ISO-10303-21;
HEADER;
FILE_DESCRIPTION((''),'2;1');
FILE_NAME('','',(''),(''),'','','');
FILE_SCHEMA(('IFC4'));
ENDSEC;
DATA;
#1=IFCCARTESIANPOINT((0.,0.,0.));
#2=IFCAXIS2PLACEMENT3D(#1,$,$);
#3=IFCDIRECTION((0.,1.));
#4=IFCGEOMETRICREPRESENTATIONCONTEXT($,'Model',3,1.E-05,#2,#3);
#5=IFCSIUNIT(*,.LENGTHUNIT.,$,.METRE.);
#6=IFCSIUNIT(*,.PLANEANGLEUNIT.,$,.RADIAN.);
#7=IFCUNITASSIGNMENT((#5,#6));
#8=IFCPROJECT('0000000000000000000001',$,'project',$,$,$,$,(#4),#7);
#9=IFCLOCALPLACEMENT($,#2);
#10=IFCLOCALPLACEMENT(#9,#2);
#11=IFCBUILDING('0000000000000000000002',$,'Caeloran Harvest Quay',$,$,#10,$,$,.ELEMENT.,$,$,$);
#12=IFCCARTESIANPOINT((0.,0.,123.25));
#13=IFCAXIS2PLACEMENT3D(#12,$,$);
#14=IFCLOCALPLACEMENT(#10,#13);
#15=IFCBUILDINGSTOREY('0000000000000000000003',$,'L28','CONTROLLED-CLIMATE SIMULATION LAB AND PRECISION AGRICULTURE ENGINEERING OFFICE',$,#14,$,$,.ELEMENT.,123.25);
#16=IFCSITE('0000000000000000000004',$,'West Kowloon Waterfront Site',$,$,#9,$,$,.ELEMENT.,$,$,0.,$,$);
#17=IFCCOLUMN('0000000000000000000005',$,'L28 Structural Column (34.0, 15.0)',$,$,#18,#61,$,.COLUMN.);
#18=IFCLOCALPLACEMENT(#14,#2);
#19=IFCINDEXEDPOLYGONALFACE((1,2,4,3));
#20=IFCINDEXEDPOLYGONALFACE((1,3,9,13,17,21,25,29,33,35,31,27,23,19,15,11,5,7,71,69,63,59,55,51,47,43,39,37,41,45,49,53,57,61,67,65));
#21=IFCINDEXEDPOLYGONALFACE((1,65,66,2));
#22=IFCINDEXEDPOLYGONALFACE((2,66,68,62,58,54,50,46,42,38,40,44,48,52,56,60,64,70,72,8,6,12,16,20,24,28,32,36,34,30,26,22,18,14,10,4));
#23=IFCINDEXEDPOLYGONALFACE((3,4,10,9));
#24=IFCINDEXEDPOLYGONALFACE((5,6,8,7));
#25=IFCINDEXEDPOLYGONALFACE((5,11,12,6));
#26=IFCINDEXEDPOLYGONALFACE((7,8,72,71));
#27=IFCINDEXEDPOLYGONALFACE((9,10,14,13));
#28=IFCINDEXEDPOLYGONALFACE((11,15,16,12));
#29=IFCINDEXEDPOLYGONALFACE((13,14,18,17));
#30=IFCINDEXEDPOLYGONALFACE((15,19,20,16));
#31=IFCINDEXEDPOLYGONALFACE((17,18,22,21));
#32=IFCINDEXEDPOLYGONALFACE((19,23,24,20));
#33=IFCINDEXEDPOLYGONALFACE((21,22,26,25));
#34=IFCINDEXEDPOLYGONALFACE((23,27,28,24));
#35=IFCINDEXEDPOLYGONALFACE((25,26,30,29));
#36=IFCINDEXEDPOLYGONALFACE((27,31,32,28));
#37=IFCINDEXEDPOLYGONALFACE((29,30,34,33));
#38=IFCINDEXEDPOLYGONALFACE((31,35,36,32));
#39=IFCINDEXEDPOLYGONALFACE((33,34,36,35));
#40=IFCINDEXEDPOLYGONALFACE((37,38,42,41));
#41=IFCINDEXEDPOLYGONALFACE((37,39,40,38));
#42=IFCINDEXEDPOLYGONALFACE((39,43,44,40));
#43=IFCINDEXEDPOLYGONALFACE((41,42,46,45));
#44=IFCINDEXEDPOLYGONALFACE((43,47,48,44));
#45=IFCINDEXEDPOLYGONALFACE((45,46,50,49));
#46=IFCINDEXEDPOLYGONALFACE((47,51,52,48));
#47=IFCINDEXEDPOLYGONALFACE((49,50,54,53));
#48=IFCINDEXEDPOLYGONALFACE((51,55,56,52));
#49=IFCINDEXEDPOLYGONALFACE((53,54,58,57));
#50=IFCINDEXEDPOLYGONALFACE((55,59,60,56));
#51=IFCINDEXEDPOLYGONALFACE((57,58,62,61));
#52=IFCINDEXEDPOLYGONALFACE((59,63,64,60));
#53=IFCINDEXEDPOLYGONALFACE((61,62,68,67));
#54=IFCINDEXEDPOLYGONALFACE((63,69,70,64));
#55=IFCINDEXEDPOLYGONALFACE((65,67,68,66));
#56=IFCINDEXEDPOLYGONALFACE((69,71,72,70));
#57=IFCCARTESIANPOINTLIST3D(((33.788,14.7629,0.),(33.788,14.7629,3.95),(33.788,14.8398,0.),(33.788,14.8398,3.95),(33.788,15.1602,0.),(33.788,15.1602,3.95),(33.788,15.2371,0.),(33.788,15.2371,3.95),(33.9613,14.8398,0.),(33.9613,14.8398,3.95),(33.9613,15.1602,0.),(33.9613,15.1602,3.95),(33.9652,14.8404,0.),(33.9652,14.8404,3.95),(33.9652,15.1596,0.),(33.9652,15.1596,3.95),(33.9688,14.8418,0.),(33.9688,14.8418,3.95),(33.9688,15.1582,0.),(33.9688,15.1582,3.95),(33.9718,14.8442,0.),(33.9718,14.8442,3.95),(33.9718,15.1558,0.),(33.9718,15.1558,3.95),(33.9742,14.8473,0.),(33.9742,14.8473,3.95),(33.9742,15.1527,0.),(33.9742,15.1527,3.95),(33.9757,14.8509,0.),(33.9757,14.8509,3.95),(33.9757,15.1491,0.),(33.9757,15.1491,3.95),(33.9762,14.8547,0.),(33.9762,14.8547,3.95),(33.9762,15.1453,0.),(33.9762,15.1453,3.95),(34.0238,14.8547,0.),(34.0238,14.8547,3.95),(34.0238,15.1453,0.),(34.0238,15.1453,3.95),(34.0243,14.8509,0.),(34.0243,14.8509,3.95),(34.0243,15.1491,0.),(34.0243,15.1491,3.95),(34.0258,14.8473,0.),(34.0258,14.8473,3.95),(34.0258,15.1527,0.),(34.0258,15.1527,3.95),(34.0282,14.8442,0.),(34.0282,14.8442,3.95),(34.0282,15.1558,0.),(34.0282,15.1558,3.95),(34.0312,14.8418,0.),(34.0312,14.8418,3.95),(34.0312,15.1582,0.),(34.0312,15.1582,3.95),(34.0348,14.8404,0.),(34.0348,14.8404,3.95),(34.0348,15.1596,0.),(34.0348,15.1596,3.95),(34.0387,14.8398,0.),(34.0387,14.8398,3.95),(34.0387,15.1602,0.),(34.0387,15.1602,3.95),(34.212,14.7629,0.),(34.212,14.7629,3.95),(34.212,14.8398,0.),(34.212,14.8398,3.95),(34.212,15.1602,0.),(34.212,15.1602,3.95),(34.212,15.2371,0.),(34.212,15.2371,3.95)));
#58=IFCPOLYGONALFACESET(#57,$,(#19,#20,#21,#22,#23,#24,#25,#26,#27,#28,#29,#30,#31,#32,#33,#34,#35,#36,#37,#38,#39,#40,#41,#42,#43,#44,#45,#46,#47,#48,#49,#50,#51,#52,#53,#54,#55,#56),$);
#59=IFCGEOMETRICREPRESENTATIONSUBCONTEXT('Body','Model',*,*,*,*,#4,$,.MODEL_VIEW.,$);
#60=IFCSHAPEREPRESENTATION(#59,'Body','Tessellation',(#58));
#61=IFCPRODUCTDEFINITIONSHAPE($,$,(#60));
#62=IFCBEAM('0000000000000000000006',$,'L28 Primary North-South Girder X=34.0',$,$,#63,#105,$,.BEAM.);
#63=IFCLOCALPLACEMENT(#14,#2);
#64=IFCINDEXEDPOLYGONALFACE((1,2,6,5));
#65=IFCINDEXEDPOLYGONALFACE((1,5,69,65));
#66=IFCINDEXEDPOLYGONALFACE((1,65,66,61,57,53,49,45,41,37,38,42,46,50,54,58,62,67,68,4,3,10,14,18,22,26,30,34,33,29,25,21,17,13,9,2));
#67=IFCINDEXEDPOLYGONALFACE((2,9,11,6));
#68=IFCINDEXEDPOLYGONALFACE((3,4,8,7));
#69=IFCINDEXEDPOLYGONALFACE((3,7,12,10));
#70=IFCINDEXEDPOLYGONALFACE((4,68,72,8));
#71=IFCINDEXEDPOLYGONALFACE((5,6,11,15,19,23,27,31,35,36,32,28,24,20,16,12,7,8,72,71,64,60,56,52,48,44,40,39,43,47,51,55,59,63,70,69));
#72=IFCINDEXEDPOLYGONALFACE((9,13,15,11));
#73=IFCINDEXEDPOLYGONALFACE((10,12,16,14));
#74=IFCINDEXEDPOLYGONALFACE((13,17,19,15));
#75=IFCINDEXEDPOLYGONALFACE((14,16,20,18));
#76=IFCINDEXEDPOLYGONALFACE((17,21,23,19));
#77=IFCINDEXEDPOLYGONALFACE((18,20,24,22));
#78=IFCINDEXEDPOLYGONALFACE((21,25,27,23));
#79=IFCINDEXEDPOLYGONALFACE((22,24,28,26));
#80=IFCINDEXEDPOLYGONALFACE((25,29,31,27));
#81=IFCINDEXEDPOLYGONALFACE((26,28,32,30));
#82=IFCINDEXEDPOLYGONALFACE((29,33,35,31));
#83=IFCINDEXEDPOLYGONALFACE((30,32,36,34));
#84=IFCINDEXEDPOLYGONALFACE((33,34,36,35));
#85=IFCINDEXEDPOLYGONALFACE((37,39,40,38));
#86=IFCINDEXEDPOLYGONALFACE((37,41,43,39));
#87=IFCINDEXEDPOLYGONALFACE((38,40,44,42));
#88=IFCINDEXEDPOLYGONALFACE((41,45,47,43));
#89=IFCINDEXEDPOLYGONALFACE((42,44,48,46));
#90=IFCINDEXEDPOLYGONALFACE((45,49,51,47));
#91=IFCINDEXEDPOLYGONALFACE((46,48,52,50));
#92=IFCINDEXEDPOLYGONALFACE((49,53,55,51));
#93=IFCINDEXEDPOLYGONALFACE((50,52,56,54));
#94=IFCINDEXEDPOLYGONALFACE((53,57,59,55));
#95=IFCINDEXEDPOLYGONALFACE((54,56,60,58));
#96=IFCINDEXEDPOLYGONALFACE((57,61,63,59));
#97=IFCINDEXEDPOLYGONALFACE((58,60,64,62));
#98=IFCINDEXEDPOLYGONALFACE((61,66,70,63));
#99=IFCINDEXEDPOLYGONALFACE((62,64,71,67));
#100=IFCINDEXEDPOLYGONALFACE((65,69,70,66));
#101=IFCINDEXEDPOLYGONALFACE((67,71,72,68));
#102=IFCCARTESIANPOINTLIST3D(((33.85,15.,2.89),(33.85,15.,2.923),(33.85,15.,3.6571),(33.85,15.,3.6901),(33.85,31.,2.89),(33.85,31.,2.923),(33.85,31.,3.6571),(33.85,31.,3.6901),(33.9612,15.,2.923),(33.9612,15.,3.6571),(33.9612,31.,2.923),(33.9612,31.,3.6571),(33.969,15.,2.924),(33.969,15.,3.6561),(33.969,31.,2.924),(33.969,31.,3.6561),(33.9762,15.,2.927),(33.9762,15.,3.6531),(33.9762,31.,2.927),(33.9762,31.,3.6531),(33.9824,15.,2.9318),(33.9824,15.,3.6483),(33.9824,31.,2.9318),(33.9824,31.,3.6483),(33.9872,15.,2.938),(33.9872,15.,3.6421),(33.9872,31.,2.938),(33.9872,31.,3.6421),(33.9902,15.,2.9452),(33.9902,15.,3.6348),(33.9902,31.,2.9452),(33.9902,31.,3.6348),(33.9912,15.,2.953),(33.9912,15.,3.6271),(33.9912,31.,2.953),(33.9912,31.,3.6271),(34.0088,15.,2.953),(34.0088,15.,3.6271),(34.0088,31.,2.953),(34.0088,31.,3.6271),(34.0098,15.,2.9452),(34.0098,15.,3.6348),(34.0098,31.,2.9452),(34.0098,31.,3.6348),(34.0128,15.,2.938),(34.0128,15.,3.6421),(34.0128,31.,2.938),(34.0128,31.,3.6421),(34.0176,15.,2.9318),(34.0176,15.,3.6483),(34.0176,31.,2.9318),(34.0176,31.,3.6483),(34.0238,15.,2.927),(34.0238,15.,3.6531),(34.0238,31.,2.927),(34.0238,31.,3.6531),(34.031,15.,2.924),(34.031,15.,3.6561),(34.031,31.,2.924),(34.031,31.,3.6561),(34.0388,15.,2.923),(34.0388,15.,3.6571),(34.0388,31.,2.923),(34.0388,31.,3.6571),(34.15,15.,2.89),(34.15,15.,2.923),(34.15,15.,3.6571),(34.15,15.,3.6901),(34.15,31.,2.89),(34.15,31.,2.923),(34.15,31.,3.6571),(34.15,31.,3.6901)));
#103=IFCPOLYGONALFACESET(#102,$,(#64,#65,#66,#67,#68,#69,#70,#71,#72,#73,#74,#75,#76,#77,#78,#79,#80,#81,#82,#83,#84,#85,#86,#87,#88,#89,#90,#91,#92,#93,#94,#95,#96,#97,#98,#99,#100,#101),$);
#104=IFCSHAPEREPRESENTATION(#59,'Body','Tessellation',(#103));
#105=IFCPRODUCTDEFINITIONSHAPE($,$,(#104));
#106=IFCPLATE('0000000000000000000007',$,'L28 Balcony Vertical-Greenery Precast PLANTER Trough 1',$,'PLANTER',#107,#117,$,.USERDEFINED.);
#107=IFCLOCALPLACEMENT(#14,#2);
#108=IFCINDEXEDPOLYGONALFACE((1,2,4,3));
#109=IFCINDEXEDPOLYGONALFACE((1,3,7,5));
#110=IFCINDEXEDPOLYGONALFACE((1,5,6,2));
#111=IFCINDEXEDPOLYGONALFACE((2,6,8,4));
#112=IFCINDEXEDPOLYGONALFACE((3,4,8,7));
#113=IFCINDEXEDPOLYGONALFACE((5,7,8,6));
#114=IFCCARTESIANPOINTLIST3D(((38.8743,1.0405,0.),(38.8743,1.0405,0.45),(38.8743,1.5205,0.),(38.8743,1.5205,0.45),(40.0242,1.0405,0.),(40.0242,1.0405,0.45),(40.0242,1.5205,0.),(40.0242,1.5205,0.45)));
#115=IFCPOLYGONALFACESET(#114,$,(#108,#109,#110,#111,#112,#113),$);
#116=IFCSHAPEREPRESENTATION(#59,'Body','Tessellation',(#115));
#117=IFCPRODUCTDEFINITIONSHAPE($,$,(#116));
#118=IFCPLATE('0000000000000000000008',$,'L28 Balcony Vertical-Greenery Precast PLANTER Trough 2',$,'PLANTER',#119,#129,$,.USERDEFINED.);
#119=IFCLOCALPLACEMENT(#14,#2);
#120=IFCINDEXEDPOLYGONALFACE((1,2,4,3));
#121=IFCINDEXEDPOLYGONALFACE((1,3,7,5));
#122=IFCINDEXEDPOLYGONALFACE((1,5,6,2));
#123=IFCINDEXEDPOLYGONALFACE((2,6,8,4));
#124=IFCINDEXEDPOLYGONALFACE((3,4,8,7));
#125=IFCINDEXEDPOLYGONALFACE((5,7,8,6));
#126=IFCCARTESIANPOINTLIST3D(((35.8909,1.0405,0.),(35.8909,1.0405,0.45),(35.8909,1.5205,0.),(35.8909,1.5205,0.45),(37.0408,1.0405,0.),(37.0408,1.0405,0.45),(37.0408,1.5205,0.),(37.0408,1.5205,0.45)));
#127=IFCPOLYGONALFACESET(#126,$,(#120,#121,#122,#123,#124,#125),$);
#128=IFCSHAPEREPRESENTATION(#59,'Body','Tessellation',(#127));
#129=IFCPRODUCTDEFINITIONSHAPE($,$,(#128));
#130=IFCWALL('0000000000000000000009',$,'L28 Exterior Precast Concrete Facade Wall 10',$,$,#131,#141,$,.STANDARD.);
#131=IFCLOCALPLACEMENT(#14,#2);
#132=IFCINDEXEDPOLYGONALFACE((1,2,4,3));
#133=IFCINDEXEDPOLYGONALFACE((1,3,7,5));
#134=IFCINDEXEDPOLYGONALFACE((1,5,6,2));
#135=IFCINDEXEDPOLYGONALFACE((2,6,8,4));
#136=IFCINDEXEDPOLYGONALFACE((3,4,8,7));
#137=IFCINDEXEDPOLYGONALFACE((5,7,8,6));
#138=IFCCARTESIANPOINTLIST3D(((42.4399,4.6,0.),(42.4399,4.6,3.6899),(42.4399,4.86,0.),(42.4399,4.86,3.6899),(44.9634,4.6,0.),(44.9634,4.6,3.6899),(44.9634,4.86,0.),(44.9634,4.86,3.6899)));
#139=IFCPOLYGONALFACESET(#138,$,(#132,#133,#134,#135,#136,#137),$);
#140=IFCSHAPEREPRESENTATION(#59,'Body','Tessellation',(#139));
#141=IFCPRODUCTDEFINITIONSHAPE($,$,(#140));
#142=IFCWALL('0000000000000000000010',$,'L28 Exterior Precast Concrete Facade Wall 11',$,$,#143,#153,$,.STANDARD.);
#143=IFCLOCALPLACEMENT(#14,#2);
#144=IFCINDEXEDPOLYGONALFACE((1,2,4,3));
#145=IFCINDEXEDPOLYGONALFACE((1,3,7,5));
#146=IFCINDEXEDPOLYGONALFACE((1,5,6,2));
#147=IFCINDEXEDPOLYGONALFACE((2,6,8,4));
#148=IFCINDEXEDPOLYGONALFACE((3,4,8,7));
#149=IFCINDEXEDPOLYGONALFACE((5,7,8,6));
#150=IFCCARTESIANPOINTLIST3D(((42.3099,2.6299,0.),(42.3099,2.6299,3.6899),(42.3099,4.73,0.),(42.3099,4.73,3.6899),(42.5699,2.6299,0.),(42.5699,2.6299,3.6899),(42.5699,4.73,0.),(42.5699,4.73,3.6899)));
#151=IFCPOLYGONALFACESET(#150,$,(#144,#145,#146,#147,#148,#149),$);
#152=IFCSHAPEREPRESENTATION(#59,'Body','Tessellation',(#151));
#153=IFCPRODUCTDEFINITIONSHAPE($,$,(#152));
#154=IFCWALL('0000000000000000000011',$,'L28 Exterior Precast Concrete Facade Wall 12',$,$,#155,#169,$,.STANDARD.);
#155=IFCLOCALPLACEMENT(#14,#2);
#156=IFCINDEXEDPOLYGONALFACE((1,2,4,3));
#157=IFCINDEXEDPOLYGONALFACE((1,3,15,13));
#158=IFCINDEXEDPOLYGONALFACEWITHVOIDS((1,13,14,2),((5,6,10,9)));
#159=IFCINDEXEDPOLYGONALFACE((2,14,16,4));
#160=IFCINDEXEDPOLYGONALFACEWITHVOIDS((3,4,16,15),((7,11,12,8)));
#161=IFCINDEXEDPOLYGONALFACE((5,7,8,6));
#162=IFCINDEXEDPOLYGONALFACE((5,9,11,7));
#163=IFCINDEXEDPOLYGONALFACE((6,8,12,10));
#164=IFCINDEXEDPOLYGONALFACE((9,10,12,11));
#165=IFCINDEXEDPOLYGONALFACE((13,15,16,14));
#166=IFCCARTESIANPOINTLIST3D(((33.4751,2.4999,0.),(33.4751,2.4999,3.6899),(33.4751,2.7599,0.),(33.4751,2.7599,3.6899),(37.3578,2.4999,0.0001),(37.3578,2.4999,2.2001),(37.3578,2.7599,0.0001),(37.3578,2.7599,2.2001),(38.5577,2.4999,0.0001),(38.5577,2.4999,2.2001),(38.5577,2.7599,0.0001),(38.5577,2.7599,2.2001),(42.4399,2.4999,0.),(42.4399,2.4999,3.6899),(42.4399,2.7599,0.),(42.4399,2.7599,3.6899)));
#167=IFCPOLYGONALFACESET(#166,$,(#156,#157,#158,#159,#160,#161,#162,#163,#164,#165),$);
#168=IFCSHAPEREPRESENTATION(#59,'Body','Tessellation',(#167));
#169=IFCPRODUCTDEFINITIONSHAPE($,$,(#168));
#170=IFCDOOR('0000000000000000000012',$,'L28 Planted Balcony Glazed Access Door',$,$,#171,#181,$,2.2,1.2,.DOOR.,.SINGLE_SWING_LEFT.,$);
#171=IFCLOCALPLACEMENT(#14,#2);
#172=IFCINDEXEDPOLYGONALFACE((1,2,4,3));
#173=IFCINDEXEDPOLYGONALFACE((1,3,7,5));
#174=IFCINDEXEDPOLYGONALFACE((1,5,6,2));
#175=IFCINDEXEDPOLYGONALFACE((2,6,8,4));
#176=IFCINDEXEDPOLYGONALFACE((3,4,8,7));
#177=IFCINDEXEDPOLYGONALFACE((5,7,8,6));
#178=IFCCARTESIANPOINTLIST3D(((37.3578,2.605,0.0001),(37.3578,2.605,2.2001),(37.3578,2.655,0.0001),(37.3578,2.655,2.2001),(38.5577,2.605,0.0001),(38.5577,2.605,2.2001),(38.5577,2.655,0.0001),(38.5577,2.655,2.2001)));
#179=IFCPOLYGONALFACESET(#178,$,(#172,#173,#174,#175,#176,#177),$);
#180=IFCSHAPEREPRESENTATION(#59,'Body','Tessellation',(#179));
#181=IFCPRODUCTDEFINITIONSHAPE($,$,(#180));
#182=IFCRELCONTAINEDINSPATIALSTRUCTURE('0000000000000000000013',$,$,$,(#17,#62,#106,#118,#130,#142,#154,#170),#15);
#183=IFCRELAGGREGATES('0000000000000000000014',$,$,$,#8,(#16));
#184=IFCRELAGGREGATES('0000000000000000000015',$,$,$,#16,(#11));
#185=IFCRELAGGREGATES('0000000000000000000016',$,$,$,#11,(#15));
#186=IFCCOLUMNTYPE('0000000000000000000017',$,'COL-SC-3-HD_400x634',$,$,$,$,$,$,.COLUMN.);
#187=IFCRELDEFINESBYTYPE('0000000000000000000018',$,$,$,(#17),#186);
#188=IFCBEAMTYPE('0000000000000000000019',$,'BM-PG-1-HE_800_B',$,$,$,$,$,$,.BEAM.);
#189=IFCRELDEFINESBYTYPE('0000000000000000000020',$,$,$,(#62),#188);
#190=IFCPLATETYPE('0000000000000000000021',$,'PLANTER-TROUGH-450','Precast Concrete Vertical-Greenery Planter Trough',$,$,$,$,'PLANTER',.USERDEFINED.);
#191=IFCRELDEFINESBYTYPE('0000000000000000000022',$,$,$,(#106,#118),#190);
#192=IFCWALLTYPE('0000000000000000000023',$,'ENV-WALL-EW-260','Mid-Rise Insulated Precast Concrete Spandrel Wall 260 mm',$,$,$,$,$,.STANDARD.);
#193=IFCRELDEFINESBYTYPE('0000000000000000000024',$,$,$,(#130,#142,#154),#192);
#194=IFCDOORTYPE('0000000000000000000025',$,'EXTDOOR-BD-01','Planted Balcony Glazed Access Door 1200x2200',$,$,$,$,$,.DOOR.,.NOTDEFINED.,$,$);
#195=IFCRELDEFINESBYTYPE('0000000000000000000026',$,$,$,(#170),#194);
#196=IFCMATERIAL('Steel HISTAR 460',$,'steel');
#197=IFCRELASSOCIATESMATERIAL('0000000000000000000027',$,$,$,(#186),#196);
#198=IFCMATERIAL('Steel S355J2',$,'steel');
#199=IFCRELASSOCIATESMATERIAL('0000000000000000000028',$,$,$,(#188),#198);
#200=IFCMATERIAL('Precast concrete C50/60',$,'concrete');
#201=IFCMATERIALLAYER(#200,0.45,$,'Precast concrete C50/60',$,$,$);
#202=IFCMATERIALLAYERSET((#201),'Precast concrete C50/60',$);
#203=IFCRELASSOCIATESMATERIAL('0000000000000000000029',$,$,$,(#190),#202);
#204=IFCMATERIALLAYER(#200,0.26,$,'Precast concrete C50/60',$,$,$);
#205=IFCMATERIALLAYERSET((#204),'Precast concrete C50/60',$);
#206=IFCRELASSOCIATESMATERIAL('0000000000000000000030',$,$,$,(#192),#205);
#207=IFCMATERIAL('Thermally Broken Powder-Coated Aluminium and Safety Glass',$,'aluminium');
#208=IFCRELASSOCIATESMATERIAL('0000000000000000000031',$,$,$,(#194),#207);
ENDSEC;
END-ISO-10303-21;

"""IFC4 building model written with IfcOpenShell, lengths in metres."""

from ifc_helpers import new_model, si_unit, direction, frame, frame_2d, origin, origin_2d, place, context, subcontext, project, spatial, rectangle, i_section, extrude, material, layer, layer_set, material_profile, profile_set, type_object, element, fill, save


model = new_model("IFC4")

# Units and contexts
model_context = context("Model", 3, precision=1e-05, world=origin(), true_north=direction((0.0, 1.0)))
body_context = subcontext(model_context, "Body", "Model", "MODEL_VIEW")
ifc_project = project(units=[si_unit("LENGTHUNIT", "METRE"), si_unit("PLANEANGLEUNIT", "RADIAN")], contexts=[model_context])

# Site, building, storey
site_placement = place(None, origin())
site = spatial("IfcSite", under=ifc_project, at=site_placement, Name="West Kowloon Waterfront Site", CompositionType="ELEMENT", RefElevation=0.0)
building_placement = place(site_placement, origin())
building = spatial("IfcBuilding", under=site, at=building_placement, Name="Caeloran Harvest Quay", CompositionType="ELEMENT")
storey_placement = place(building_placement, frame((0.0, 0.0, 123.25)))
storey = spatial("IfcBuildingStorey", under=building, at=storey_placement, Name="L28", Description="CONTROLLED-CLIMATE SIMULATION LAB AND PRECISION AGRICULTURE ENGINEERING OFFICE", CompositionType="ELEMENT", Elevation=123.25)

# Column
ifc_material_1 = material(Name="Steel HISTAR 460", Category="steel")
ifc_material_profile_1 = material_profile(ifc_material_1, i_section(OverallWidth=0.4241, OverallDepth=0.4741, WebThickness=0.0476, FlangeThickness=0.0769, FilletRadius=0.0149, at=origin_2d()), Name="HD 400x634")
ifc_profile_set_1 = profile_set([ifc_material_profile_1], Name="Steel HISTAR 460")
column_type = type_object("IfcColumnType", Name="COL-SC-3-HD_400x634", PredefinedType="COLUMN", material=ifc_profile_set_1)
column_placement = place(storey_placement, frame((34.0, 15.0, 0.0), z_axis=(0.0, 0.0, 1.0), x_axis=(1.0, 0.0, 0.0)))
element("IfcColumn", 1, at=column_placement, inside=storey, type_object=column_type, Name="L28 Structural Column (34.0, 15.0)", PredefinedType="COLUMN", context=body_context, shape_type="SweptSolid", body=[
    extrude(i_section(OverallWidth=0.4241, OverallDepth=0.4741, WebThickness=0.0476, FlangeThickness=0.0769, FilletRadius=0.0149, at=origin_2d()), origin(), (0.0, 0.0, 1.0), 3.95),
])

# Beam
ifc_material_2 = material(Name="Steel S355J2", Category="steel")
ifc_material_profile_2 = material_profile(ifc_material_2, i_section(OverallWidth=0.3, OverallDepth=0.8, WebThickness=0.0176, FlangeThickness=0.033, FilletRadius=0.03, at=origin_2d()), Name="HE 800 B")
ifc_profile_set_2 = profile_set([ifc_material_profile_2], Name="Steel S355J2")
beam_type = type_object("IfcBeamType", Name="BM-PG-1-HE_800_B", PredefinedType="BEAM", material=ifc_profile_set_2)
beam_placement = place(storey_placement, frame((34.0, 15.0, 3.29), z_axis=(0.0, 1.0, 0.0), x_axis=(-1.0, 0.0, 0.0)))
element("IfcBeam", 2, at=beam_placement, inside=storey, type_object=beam_type, Name="L28 Primary North-South Girder X=34.0", PredefinedType="BEAM", context=body_context, shape_type="SweptSolid", body=[
    extrude(i_section(OverallWidth=0.3, OverallDepth=0.8, WebThickness=0.0176, FlangeThickness=0.033, FilletRadius=0.03, at=origin_2d()), origin(), (0.0, 0.0, 1.0), 16.0),
])

# Plates
ifc_material_3 = material(Name="Precast concrete C50/60", Category="concrete")
ifc_layer_1 = layer(ifc_material_3, 0.45, Name="Precast concrete C50/60")
ifc_layer_set_1 = layer_set([ifc_layer_1], Name="Precast concrete C50/60")
plate_type = type_object("IfcPlateType", Name="PLANTER-TROUGH-450", Description="Precast Concrete Vertical-Greenery Planter Trough", ElementType="PLANTER", PredefinedType="USERDEFINED", material=ifc_layer_set_1)
for number, where, z_axis, x_axis, name in (
    (3, (39.4492, 1.2805, 0.0), (0.0, 0.0, 1.0), (1.0, 0.0, 0.0), "L28 Balcony Vertical-Greenery Precast PLANTER Trough 1"),
    (4, (36.4658, 1.2805, 0.0), (0.0, 0.0, 1.0), (1.0, 0.0, 0.0), "L28 Balcony Vertical-Greenery Precast PLANTER Trough 2"),
):
    element("IfcPlate", number, at=place(storey_placement, frame(where, z_axis=z_axis, x_axis=x_axis)), inside=storey, type_object=plate_type, Name=name, ObjectType="PLANTER", PredefinedType="USERDEFINED", context=body_context, shape_type="SweptSolid", body=[
        extrude(rectangle(XDim=1.1499, YDim=0.48, at=origin_2d()), origin(), (0.0, 0.0, 1.0), 0.45),
    ])

# Walls
ifc_layer_2 = layer(ifc_material_3, 0.26, Name="Precast concrete C50/60")
ifc_layer_set_2 = layer_set([ifc_layer_2], Name="Precast concrete C50/60")
wall_type_1 = type_object("IfcWallType", Name="ENV-WALL-EW-260", Description="Mid-Rise Insulated Precast Concrete Spandrel Wall 260 mm", PredefinedType="STANDARD", material=ifc_layer_set_2)
wall_1_placement = place(storey_placement, frame((44.9634, 4.73, 0.0), z_axis=(0.0, 0.0, 1.0), x_axis=(-1.0, 0.0, 0.0)))
element("IfcWall", 5, at=wall_1_placement, inside=storey, type_object=wall_type_1, Name="L28 Exterior Precast Concrete Facade Wall 10", PredefinedType="STANDARD", context=body_context, shape_type="SweptSolid", body=[
    extrude(rectangle(XDim=2.5234, YDim=0.26, at=frame_2d((1.2617, 0.0))), origin(), (0.0, 0.0, 1.0), 3.6899),
])
wall_2_placement = place(storey_placement, frame((42.4399, 4.73, 0.0), z_axis=(0.0, 0.0, 1.0), x_axis=(0.0, -1.0, 0.0)))
element("IfcWall", 6, at=wall_2_placement, inside=storey, type_object=wall_type_1, Name="L28 Exterior Precast Concrete Facade Wall 11", PredefinedType="STANDARD", context=body_context, shape_type="SweptSolid", body=[
    extrude(rectangle(XDim=2.1001, YDim=0.26, at=frame_2d((1.05, 0.0))), origin(), (0.0, 0.0, 1.0), 3.6899),
])

# Wall, opening, door
wall_3_placement = place(storey_placement, frame((42.4399, 2.6299, 0.0), z_axis=(0.0, 0.0, 1.0), x_axis=(-1.0, 0.0, 0.0)))
wall_3 = element("IfcWall", 7, at=wall_3_placement, inside=storey, type_object=wall_type_1, Name="L28 Exterior Precast Concrete Facade Wall 12", PredefinedType="STANDARD", context=body_context, shape_type="SweptSolid", body=[
    extrude(rectangle(XDim=8.9648, YDim=0.26, at=frame_2d((4.4824, 0.0))), origin(), (0.0, 0.0, 1.0), 3.6899),
])
opening_placement = place(wall_3_placement, frame((3.8821, 0.0, 0.0)))
opening = element("IfcOpeningElement", 8, at=opening_placement, cuts=wall_3, PredefinedType="OPENING", context=body_context, shape_type="SweptSolid", body=[
    extrude(rectangle(XDim=1.2, YDim=2.2, at=frame_2d((0.6001, 1.1001))), frame((0.0, 0.1401, 0.0), z_axis=(0.0, -1.0, 0.0), x_axis=(1.0, 0.0, 0.0)), (0.0, 0.0, 1.0), 0.28),
])
ifc_material_4 = material(Name="Thermally Broken Powder-Coated Aluminium and Safety Glass", Category="aluminium")
door_type = type_object("IfcDoorType", Name="EXTDOOR-BD-01", Description="Planted Balcony Glazed Access Door 1200x2200", OperationType="NOTDEFINED", PredefinedType="DOOR", material=ifc_material_4)
door_placement = place(opening_placement, origin())
door = element("IfcDoor", 9, at=door_placement, inside=storey, type_object=door_type, Name="L28 Planted Balcony Glazed Access Door", OperationType="SINGLE_SWING_LEFT", OverallHeight=2.2, OverallWidth=1.2, PredefinedType="DOOR", context=body_context, shape_type="SweptSolid", body=[
    extrude(rectangle(XDim=1.2, YDim=2.2, at=frame_2d((0.6001, 1.1001))), frame((0.0, 0.0249, 0.0), z_axis=(0.0, -1.0, 0.0), x_axis=(1.0, 0.0, 0.0)), (0.0, 0.0, 1.0), 0.05),
])
fill(opening, door)

save(model, "model.ifc")
